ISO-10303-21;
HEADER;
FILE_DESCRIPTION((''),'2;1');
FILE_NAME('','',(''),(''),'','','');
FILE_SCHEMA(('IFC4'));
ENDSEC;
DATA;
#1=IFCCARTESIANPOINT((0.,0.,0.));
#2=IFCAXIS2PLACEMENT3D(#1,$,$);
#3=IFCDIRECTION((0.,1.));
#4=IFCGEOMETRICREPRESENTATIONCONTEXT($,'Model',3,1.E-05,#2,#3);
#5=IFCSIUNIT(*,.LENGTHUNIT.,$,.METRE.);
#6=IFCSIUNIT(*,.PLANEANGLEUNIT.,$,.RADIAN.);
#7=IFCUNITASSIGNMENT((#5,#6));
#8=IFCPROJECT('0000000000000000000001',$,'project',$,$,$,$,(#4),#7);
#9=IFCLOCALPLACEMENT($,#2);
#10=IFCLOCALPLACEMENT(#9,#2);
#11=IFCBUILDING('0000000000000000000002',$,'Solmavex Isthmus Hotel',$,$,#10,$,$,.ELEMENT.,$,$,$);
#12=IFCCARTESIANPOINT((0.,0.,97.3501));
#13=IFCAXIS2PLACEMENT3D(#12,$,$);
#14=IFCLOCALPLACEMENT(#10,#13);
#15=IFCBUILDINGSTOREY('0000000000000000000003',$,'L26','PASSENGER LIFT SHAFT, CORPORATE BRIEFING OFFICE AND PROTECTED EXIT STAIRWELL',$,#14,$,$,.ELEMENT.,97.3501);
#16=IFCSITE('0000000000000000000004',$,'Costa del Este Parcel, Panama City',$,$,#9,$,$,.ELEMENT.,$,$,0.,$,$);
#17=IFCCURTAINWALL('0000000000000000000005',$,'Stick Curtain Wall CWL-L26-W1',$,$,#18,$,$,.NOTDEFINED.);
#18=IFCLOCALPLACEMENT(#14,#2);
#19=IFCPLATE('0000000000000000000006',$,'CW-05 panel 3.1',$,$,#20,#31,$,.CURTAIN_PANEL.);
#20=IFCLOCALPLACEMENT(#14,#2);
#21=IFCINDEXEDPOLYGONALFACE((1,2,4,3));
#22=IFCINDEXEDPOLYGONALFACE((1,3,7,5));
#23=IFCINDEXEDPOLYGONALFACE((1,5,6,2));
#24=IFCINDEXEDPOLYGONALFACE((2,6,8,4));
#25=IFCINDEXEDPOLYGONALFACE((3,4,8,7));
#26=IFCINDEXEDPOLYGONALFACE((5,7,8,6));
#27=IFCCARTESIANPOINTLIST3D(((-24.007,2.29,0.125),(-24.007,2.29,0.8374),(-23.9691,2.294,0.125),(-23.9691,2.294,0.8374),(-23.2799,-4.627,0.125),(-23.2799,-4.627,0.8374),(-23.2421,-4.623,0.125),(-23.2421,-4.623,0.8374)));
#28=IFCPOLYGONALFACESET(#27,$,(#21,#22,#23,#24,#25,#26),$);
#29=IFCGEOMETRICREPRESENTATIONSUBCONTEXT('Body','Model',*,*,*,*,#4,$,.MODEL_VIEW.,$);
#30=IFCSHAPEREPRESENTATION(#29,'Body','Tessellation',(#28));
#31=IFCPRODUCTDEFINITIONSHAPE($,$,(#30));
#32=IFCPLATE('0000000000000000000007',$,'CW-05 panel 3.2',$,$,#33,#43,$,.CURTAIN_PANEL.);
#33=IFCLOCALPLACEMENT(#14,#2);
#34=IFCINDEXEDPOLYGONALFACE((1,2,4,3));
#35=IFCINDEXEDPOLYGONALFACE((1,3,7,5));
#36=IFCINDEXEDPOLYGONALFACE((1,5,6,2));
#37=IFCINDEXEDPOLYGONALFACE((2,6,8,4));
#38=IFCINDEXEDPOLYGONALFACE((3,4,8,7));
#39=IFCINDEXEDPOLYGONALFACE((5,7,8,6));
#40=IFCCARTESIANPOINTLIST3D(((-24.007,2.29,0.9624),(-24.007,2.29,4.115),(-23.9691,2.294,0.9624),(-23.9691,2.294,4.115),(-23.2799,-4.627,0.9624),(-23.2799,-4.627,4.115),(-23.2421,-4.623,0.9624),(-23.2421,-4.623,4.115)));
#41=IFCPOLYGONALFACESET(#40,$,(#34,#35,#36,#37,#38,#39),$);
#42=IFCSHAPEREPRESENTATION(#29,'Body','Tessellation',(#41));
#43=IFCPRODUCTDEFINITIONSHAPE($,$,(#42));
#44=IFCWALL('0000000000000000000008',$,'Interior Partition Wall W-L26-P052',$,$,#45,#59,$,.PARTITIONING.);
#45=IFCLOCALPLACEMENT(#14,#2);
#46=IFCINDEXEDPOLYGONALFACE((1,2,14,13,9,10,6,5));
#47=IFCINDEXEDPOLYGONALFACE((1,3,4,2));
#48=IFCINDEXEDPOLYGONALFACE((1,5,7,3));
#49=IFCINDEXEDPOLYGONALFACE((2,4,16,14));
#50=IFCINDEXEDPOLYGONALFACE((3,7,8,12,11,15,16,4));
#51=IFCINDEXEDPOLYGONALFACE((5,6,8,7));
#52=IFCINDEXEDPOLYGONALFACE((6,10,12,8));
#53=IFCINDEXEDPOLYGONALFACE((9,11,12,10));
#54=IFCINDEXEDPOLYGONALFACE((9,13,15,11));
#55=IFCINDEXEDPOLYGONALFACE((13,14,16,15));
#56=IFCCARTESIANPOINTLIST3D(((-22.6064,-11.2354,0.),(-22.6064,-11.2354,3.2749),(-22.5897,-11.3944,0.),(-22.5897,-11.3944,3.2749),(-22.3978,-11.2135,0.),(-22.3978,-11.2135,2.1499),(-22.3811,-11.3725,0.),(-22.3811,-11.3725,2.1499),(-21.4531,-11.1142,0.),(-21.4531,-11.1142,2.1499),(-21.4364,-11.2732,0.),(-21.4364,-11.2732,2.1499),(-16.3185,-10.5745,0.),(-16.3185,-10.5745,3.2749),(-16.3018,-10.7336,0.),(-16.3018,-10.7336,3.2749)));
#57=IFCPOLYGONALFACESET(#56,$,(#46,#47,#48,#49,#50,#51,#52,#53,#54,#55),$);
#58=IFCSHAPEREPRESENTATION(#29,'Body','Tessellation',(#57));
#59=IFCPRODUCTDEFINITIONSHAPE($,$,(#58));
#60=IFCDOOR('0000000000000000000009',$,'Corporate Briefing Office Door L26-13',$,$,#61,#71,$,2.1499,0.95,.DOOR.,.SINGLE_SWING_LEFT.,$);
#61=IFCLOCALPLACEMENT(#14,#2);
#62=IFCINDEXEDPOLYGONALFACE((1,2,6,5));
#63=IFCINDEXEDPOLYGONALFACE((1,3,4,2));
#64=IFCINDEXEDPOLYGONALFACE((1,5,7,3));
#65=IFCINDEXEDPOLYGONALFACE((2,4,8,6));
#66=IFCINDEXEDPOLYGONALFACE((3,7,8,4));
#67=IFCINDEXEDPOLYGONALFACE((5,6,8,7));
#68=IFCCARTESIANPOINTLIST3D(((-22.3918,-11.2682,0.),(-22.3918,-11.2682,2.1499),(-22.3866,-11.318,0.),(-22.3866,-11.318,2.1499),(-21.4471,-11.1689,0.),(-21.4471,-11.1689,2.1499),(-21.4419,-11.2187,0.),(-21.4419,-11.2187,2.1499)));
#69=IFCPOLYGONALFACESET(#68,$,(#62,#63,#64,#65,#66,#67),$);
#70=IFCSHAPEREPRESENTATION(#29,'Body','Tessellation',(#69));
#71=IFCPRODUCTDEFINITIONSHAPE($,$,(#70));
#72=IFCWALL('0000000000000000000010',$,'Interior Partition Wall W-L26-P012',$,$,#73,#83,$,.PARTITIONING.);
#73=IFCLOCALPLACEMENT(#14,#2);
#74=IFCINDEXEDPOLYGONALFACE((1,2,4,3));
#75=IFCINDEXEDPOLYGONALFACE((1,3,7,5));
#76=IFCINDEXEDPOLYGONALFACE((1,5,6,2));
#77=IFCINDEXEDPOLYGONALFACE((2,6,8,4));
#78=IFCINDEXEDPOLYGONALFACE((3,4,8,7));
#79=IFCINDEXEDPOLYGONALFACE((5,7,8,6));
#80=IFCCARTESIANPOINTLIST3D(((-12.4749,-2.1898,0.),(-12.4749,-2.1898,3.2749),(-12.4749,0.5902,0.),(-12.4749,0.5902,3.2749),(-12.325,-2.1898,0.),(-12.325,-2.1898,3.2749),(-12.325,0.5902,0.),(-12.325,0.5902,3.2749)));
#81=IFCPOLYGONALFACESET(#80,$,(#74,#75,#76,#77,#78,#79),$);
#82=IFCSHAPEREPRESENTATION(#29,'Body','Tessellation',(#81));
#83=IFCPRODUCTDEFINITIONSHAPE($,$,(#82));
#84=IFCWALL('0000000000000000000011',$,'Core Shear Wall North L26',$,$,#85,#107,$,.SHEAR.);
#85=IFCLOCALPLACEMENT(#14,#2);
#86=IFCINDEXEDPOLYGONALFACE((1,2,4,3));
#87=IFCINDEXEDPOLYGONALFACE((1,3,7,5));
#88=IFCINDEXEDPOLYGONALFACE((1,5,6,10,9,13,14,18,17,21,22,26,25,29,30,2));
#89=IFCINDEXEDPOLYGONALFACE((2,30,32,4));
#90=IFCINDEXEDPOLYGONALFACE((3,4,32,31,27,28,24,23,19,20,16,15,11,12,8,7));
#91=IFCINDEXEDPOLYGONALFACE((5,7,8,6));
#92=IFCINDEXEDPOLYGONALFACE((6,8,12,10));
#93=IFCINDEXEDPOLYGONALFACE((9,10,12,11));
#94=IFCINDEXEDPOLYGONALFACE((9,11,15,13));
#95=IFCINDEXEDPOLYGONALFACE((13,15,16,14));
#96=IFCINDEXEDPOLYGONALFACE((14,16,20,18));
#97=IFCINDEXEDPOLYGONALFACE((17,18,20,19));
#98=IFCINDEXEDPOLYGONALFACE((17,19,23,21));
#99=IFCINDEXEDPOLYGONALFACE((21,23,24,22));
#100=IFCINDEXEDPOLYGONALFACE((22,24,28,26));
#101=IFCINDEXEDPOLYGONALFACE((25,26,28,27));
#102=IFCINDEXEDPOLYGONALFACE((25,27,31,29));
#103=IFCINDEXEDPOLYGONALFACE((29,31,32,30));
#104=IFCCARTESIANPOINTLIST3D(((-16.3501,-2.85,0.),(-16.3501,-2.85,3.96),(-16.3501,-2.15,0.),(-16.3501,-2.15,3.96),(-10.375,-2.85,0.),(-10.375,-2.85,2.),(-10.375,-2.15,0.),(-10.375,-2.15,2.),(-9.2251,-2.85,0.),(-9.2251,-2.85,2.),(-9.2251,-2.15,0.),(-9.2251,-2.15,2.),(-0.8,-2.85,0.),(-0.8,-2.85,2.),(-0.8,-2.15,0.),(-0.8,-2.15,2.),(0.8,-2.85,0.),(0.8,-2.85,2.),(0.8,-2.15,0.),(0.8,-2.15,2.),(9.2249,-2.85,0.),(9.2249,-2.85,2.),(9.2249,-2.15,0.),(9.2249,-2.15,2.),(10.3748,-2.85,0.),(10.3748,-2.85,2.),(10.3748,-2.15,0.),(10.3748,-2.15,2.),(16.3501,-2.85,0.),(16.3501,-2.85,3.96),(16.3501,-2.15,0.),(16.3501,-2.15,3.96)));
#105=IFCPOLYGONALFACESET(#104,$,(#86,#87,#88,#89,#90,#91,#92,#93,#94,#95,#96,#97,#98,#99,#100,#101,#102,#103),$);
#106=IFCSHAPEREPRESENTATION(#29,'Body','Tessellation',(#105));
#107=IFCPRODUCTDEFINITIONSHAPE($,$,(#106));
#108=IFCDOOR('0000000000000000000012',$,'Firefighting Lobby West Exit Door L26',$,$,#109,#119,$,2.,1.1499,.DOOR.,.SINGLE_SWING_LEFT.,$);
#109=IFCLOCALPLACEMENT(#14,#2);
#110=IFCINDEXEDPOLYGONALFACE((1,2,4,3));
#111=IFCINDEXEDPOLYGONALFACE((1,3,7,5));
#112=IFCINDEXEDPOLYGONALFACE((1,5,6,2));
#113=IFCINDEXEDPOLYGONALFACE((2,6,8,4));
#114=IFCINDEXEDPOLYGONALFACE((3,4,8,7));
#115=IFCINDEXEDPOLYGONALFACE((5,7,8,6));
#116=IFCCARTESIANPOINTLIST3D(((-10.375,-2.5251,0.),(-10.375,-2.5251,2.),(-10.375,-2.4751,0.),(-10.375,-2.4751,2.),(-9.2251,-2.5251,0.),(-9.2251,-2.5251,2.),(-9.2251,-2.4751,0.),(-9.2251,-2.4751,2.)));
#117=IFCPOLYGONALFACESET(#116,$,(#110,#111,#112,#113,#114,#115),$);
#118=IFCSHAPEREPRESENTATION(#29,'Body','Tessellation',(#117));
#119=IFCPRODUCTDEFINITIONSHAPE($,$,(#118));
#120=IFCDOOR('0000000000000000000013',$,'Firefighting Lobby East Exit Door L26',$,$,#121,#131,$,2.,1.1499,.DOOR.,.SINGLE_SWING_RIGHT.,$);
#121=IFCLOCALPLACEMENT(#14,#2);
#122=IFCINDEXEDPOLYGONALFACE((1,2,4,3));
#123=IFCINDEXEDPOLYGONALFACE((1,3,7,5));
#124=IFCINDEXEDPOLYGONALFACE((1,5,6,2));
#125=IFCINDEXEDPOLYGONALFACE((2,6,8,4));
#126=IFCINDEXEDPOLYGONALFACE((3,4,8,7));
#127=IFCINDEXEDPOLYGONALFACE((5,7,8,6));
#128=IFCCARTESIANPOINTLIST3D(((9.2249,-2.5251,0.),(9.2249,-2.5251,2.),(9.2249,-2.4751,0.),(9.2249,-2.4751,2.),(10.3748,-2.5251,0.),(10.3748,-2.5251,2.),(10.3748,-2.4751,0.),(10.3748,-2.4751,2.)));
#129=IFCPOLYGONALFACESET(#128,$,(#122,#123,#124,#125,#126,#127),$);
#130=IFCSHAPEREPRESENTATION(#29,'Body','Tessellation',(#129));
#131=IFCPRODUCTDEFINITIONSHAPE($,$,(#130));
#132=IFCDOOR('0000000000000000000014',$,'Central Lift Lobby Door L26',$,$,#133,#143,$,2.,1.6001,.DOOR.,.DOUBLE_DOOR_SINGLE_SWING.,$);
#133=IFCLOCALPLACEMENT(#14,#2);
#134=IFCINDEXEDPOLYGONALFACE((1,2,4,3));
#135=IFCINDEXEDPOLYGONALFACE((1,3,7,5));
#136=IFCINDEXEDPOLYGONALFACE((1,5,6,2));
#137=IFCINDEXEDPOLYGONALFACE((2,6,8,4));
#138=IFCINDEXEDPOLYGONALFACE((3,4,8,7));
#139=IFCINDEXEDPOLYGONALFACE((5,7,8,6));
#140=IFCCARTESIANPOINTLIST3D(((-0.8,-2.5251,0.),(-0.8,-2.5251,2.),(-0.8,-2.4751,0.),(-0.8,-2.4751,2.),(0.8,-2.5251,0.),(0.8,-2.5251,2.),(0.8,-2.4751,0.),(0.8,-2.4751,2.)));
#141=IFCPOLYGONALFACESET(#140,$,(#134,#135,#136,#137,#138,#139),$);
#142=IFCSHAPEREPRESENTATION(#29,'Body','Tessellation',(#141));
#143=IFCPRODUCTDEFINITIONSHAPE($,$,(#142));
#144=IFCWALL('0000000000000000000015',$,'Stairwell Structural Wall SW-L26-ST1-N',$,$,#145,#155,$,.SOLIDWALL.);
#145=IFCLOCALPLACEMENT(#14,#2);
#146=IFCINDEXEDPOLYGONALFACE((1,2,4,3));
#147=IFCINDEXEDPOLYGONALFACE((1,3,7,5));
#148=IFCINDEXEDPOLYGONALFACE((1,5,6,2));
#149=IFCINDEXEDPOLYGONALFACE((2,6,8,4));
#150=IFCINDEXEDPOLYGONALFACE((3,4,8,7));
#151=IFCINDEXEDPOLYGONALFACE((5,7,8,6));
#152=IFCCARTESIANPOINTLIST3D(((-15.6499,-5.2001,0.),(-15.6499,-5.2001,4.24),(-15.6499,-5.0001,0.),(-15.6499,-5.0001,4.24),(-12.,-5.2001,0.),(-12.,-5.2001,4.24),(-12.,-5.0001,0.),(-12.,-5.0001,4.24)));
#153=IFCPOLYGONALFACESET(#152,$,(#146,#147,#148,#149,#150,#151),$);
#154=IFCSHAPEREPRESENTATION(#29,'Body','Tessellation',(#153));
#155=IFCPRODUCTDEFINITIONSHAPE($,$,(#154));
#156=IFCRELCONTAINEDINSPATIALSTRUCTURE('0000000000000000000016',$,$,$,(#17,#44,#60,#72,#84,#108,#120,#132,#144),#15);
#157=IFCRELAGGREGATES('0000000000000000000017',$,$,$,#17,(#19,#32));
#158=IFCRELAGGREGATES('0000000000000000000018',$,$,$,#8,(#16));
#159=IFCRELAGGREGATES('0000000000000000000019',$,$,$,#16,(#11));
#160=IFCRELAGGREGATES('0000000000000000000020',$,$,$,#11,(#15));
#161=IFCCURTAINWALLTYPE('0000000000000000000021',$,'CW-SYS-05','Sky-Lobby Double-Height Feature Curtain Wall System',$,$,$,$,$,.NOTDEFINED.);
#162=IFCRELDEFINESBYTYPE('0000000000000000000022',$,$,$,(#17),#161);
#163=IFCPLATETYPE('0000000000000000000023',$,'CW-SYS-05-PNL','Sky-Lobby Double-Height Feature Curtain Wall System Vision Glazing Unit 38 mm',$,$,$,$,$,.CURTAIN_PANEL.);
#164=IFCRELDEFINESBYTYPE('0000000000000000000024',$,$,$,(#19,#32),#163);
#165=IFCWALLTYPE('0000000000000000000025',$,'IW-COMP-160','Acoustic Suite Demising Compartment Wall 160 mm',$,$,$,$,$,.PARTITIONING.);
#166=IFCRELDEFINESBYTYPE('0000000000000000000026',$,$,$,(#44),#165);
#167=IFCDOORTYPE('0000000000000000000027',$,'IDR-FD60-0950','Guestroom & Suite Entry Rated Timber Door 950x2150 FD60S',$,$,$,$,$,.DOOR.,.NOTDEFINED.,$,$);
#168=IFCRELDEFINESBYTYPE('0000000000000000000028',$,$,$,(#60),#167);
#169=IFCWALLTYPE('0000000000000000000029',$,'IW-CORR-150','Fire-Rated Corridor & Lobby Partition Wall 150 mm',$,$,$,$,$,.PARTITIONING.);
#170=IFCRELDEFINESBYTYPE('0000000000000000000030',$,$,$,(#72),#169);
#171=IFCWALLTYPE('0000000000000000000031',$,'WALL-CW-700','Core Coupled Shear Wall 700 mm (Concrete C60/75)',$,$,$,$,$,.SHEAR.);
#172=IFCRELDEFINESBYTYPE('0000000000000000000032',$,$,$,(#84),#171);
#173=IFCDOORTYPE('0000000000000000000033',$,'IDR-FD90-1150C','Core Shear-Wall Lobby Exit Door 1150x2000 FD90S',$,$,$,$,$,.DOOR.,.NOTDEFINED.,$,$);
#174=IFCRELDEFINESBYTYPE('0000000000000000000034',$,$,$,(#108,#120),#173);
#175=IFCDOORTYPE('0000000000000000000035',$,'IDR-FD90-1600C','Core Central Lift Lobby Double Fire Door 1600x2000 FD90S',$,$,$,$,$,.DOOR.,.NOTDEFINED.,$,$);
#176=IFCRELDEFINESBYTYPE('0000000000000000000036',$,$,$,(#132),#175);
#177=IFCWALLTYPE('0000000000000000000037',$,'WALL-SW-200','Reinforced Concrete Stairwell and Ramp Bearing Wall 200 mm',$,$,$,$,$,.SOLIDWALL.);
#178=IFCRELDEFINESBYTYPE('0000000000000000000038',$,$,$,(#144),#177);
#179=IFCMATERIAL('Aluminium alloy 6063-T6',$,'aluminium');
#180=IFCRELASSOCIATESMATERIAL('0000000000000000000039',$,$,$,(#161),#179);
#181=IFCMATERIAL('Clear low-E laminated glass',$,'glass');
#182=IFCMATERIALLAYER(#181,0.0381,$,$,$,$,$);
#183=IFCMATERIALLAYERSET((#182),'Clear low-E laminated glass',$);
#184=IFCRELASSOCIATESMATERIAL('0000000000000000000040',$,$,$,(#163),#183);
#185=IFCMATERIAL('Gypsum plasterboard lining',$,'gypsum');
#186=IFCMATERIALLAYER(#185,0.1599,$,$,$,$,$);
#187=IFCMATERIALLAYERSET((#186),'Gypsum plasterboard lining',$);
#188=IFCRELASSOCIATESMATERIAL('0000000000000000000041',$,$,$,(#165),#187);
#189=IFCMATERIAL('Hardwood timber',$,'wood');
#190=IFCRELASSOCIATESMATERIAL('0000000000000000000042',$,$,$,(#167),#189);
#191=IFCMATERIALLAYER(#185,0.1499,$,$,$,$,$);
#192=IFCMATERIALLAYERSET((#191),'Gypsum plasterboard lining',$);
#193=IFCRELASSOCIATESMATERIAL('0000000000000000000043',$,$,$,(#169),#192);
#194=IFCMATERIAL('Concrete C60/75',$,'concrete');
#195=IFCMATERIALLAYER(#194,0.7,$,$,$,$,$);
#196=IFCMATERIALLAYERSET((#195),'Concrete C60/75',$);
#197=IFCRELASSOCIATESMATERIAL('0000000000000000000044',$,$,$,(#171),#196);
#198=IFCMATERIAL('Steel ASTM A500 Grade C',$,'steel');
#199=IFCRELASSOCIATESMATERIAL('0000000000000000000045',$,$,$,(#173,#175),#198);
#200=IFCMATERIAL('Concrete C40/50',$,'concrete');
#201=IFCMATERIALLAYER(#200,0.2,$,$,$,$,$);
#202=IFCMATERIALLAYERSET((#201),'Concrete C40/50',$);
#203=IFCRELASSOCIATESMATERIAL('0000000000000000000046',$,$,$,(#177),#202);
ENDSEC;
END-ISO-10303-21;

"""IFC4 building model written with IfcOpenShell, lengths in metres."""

from ifc_helpers import new_model, si_unit, direction, frame, frame_2d, origin, origin_2d, place, context, subcontext, project, spatial, rectangle, extrude, material, layer, layer_set, type_object, element, fill, aggregate, save


model = new_model("IFC4")

# Units and contexts
model_context = context("Model", 3, precision=1e-05, world=origin(), true_north=direction((0.0, 1.0)))
body_context = subcontext(model_context, "Body", "Model", "MODEL_VIEW")
ifc_project = project(units=[si_unit("LENGTHUNIT", "METRE"), si_unit("PLANEANGLEUNIT", "RADIAN")], contexts=[model_context])

# Site, building, storey
site_placement = place(None, origin())
site = spatial("IfcSite", under=ifc_project, at=site_placement, Name="Costa del Este Parcel, Panama City", CompositionType="ELEMENT", RefElevation=0.0)
building_placement = place(site_placement, origin())
building = spatial("IfcBuilding", under=site, at=building_placement, Name="Solmavex Isthmus Hotel", CompositionType="ELEMENT")
storey_placement = place(building_placement, frame((0.0, 0.0, 97.3501)))
storey = spatial("IfcBuildingStorey", under=building, at=storey_placement, Name="L26", Description="PASSENGER LIFT SHAFT, CORPORATE BRIEFING OFFICE AND PROTECTED EXIT STAIRWELL", CompositionType="ELEMENT", Elevation=97.3501)

# Shared definitions
ifc_material_1 = material(Name="Concrete C60/75", Category="concrete")

# Curtain wall, plates
ifc_material_2 = material(Name="Aluminium alloy 6063-T6", Category="aluminium")
curtain_wall_type = type_object("IfcCurtainWallType", Name="CW-SYS-05", Description="Sky-Lobby Double-Height Feature Curtain Wall System", PredefinedType="NOTDEFINED", material=ifc_material_2)
curtain_wall_placement = place(storey_placement, origin())
curtain_wall = element("IfcCurtainWall", 1, at=curtain_wall_placement, inside=storey, type_object=curtain_wall_type, Name="Stick Curtain Wall CWL-L26-W1", PredefinedType="NOTDEFINED")
ifc_material_3 = material(Name="Clear low-E laminated glass", Category="glass")
ifc_layer_1 = layer(ifc_material_3, 0.0381)
ifc_layer_set_1 = layer_set([ifc_layer_1], Name="Clear low-E laminated glass")
plate_type = type_object("IfcPlateType", Name="CW-SYS-05-PNL", Description="Sky-Lobby Double-Height Feature Curtain Wall System Vision Glazing Unit 38 mm", PredefinedType="CURTAIN_PANEL", material=ifc_layer_set_1)
plate_1_placement = place(storey_placement, frame((-23.6245, -1.1665, 0.125), z_axis=(0.0, 0.0, 1.0), x_axis=(-0.104528, 0.994522, 0.0)))
plate_1 = element("IfcPlate", 2, at=plate_1_placement, type_object=plate_type, Name="CW-05 panel 3.1", PredefinedType="CURTAIN_PANEL", context=body_context, shape_type="SweptSolid", body=[
    extrude(rectangle(XDim=6.9551, YDim=0.0381, at=origin_2d()), origin(), (0.0, 0.0, 1.0), 0.7124),
])
plate_2_placement = place(storey_placement, frame((-23.6245, -1.1665, 0.9624), z_axis=(0.0, 0.0, 1.0), x_axis=(-0.104528, 0.994522, 0.0)))
plate_2 = element("IfcPlate", 3, at=plate_2_placement, type_object=plate_type, Name="CW-05 panel 3.2", PredefinedType="CURTAIN_PANEL", context=body_context, shape_type="SweptSolid", body=[
    extrude(rectangle(XDim=6.9551, YDim=0.0381, at=origin_2d()), origin(), (0.0, 0.0, 1.0), 3.1526),
])
aggregate(curtain_wall, [plate_1, plate_2])

# Wall, opening, door
ifc_material_4 = material(Name="Gypsum plasterboard lining", Category="gypsum")
ifc_layer_2 = layer(ifc_material_4, 0.1599)
ifc_layer_set_2 = layer_set([ifc_layer_2], Name="Gypsum plasterboard lining")
wall_type_1 = type_object("IfcWallType", Name="IW-COMP-160", Description="Acoustic Suite Demising Compartment Wall 160 mm", PredefinedType="PARTITIONING", material=ifc_layer_set_2)
wall_1_placement = place(storey_placement, frame((-16.3103, -10.6541, 0.0), z_axis=(0.0, 0.0, 1.0), x_axis=(-0.994522, -0.10453, 0.0)))
wall_1 = element("IfcWall", 4, at=wall_1_placement, inside=storey, type_object=wall_type_1, Name="Interior Partition Wall W-L26-P052", PredefinedType="PARTITIONING", context=body_context, shape_type="SweptSolid", body=[
    extrude(rectangle(XDim=6.3225, YDim=0.1599, at=frame_2d((3.1611, 0.0))), origin(), (0.0, 0.0, 1.0), 3.2749),
])
opening_1_placement = place(wall_1_placement, frame((5.1626, 0.0, 0.0)))
opening_1 = element("IfcOpeningElement", 5, at=opening_1_placement, cuts=wall_1, PredefinedType="OPENING", context=body_context, shape_type="SweptSolid", body=[
    extrude(rectangle(XDim=0.95, YDim=2.1499, at=frame_2d((0.4751, 1.075))), frame((0.0, 0.0898, 0.0), z_axis=(0.0, -1.0, 0.0), x_axis=(1.0, 0.0, 0.0)), (0.0, 0.0, 1.0), 0.1799),
])
ifc_material_5 = material(Name="Hardwood timber", Category="wood")
door_type_1 = type_object("IfcDoorType", Name="IDR-FD60-0950", Description="Guestroom & Suite Entry Rated Timber Door 950x2150 FD60S", OperationType="NOTDEFINED", PredefinedType="DOOR", material=ifc_material_5)
door_1_placement = place(opening_1_placement, frame((0.95, 0.0, 0.0), z_axis=(0.0, 0.0, 1.0), x_axis=(-1.0, 0.0, 0.0)))
door_1 = element("IfcDoor", 6, at=door_1_placement, inside=storey, type_object=door_type_1, Name="Corporate Briefing Office Door L26-13", OperationType="SINGLE_SWING_LEFT", OverallHeight=2.1499, OverallWidth=0.95, PredefinedType="DOOR", context=body_context, shape_type="SweptSolid", body=[
    extrude(rectangle(XDim=0.95, YDim=2.1499, at=frame_2d((0.4751, 1.075))), frame((0.0, 0.0249, 0.0), z_axis=(0.0, -1.0, 0.0), x_axis=(1.0, 0.0, 0.0)), (0.0, 0.0, 1.0), 0.05),
])
fill(opening_1, door_1)

# Wall
ifc_layer_3 = layer(ifc_material_4, 0.1499)
ifc_layer_set_3 = layer_set([ifc_layer_3], Name="Gypsum plasterboard lining")
wall_type_2 = type_object("IfcWallType", Name="IW-CORR-150", Description="Fire-Rated Corridor & Lobby Partition Wall 150 mm", PredefinedType="PARTITIONING", material=ifc_layer_set_3)
wall_2_placement = place(storey_placement, frame((-12.3999, -2.1899, 0.0), z_axis=(0.0, 0.0, 1.0), x_axis=(0.0, 1.0, 0.0)))
element("IfcWall", 7, at=wall_2_placement, inside=storey, type_object=wall_type_2, Name="Interior Partition Wall W-L26-P012", PredefinedType="PARTITIONING", context=body_context, shape_type="SweptSolid", body=[
    extrude(rectangle(XDim=2.78, YDim=0.1499, at=frame_2d((1.3901, 0.0))), origin(), (0.0, 0.0, 1.0), 3.2749),
])

# Wall, openings, doors
ifc_layer_4 = layer(ifc_material_1, 0.7)
ifc_layer_set_4 = layer_set([ifc_layer_4], Name="Concrete C60/75")
wall_type_3 = type_object("IfcWallType", Name="WALL-CW-700", Description="Core Coupled Shear Wall 700 mm (Concrete C60/75)", PredefinedType="SHEAR", material=ifc_layer_set_4)
wall_3_placement = place(storey_placement, frame((-16.3501, -2.5, 0.0), z_axis=(0.0, 0.0, 1.0), x_axis=(1.0, 0.0, 0.0)))
wall_3 = element("IfcWall", 8, at=wall_3_placement, inside=storey, type_object=wall_type_3, Name="Core Shear Wall North L26", PredefinedType="SHEAR", context=body_context, shape_type="SweptSolid", body=[
    extrude(rectangle(XDim=32.7002, YDim=0.7, at=frame_2d((16.3501, 0.0))), origin(), (0.0, 0.0, 1.0), 3.96),
])
opening_2_placement = place(wall_3_placement, frame((5.9751, 0.0, 0.0)))
opening_2 = element("IfcOpeningElement", 9, at=opening_2_placement, cuts=wall_3, PredefinedType="OPENING", context=body_context, shape_type="SweptSolid", body=[
    extrude(rectangle(XDim=1.1499, YDim=2.0, at=frame_2d((0.575, 1.0))), frame((0.0, 0.3599, 0.0), z_axis=(0.0, -1.0, 0.0), x_axis=(1.0, 0.0, 0.0)), (0.0, 0.0, 1.0), 0.72),
])
opening_3_placement = place(wall_3_placement, frame((15.55, 0.0, 0.0)))
opening_3 = element("IfcOpeningElement", 10, at=opening_3_placement, cuts=wall_3, PredefinedType="OPENING", context=body_context, shape_type="SweptSolid", body=[
    extrude(rectangle(XDim=1.6001, YDim=2.0, at=frame_2d((0.8, 1.0))), frame((0.0, 0.3599, 0.0), z_axis=(0.0, -1.0, 0.0), x_axis=(1.0, 0.0, 0.0)), (0.0, 0.0, 1.0), 0.72),
])
opening_4_placement = place(wall_3_placement, frame((25.575, 0.0, 0.0)))
opening_4 = element("IfcOpeningElement", 11, at=opening_4_placement, cuts=wall_3, PredefinedType="OPENING", context=body_context, shape_type="SweptSolid", body=[
    extrude(rectangle(XDim=1.1499, YDim=2.0, at=frame_2d((0.575, 1.0))), frame((0.0, 0.3599, 0.0), z_axis=(0.0, -1.0, 0.0), x_axis=(1.0, 0.0, 0.0)), (0.0, 0.0, 1.0), 0.72),
])
ifc_material_6 = material(Name="Steel ASTM A500 Grade C", Category="steel")
door_type_2 = type_object("IfcDoorType", Name="IDR-FD90-1150C", Description="Core Shear-Wall Lobby Exit Door 1150x2000 FD90S", OperationType="NOTDEFINED", PredefinedType="DOOR", material=ifc_material_6)
door_2_placement = place(opening_2_placement, origin())
door_2 = element("IfcDoor", 12, at=door_2_placement, inside=storey, type_object=door_type_2, Name="Firefighting Lobby West Exit Door L26", OperationType="SINGLE_SWING_LEFT", OverallHeight=2.0, OverallWidth=1.1499, PredefinedType="DOOR", context=body_context, shape_type="SweptSolid", body=[
    extrude(rectangle(XDim=1.1499, YDim=2.0, at=frame_2d((0.575, 1.0))), frame((0.0, 0.0249, 0.0), z_axis=(0.0, -1.0, 0.0), x_axis=(1.0, 0.0, 0.0)), (0.0, 0.0, 1.0), 0.05),
])
fill(opening_2, door_2)
door_3_placement = place(opening_4_placement, origin())
door_3 = element("IfcDoor", 13, at=door_3_placement, inside=storey, type_object=door_type_2, Name="Firefighting Lobby East Exit Door L26", OperationType="SINGLE_SWING_RIGHT", OverallHeight=2.0, OverallWidth=1.1499, PredefinedType="DOOR", context=body_context, shape_type="SweptSolid", body=[
    extrude(rectangle(XDim=1.1499, YDim=2.0, at=frame_2d((0.575, 1.0))), frame((0.0, 0.0249, 0.0), z_axis=(0.0, -1.0, 0.0), x_axis=(1.0, 0.0, 0.0)), (0.0, 0.0, 1.0), 0.05),
])
fill(opening_4, door_3)
door_type_3 = type_object("IfcDoorType", Name="IDR-FD90-1600C", Description="Core Central Lift Lobby Double Fire Door 1600x2000 FD90S", OperationType="NOTDEFINED", PredefinedType="DOOR", material=ifc_material_6)
door_4_placement = place(opening_3_placement, origin())
door_4 = element("IfcDoor", 14, at=door_4_placement, inside=storey, type_object=door_type_3, Name="Central Lift Lobby Door L26", OperationType="DOUBLE_DOOR_SINGLE_SWING", OverallHeight=2.0, OverallWidth=1.6001, PredefinedType="DOOR", context=body_context, shape_type="SweptSolid", body=[
    extrude(rectangle(XDim=1.6001, YDim=2.0, at=frame_2d((0.8, 1.0))), frame((0.0, 0.0249, 0.0), z_axis=(0.0, -1.0, 0.0), x_axis=(1.0, 0.0, 0.0)), (0.0, 0.0, 1.0), 0.05),
])
fill(opening_3, door_4)

# Wall
ifc_material_7 = material(Name="Concrete C40/50", Category="concrete")
ifc_layer_5 = layer(ifc_material_7, 0.2)
ifc_layer_set_5 = layer_set([ifc_layer_5], Name="Concrete C40/50")
wall_type_4 = type_object("IfcWallType", Name="WALL-SW-200", Description="Reinforced Concrete Stairwell and Ramp Bearing Wall 200 mm", PredefinedType="SOLIDWALL", material=ifc_layer_set_5)
wall_4_placement = place(storey_placement, frame((-15.6499, -5.1001, 0.0), z_axis=(0.0, 0.0, 1.0), x_axis=(1.0, 0.0, 0.0)))
element("IfcWall", 15, at=wall_4_placement, inside=storey, type_object=wall_type_4, Name="Stairwell Structural Wall SW-L26-ST1-N", PredefinedType="SOLIDWALL", context=body_context, shape_type="SweptSolid", body=[
    extrude(rectangle(XDim=3.6499, YDim=0.2, at=frame_2d((1.825, 0.0))), origin(), (0.0, 0.0, 1.0), 4.24),
])

save(model, "model.ifc")
